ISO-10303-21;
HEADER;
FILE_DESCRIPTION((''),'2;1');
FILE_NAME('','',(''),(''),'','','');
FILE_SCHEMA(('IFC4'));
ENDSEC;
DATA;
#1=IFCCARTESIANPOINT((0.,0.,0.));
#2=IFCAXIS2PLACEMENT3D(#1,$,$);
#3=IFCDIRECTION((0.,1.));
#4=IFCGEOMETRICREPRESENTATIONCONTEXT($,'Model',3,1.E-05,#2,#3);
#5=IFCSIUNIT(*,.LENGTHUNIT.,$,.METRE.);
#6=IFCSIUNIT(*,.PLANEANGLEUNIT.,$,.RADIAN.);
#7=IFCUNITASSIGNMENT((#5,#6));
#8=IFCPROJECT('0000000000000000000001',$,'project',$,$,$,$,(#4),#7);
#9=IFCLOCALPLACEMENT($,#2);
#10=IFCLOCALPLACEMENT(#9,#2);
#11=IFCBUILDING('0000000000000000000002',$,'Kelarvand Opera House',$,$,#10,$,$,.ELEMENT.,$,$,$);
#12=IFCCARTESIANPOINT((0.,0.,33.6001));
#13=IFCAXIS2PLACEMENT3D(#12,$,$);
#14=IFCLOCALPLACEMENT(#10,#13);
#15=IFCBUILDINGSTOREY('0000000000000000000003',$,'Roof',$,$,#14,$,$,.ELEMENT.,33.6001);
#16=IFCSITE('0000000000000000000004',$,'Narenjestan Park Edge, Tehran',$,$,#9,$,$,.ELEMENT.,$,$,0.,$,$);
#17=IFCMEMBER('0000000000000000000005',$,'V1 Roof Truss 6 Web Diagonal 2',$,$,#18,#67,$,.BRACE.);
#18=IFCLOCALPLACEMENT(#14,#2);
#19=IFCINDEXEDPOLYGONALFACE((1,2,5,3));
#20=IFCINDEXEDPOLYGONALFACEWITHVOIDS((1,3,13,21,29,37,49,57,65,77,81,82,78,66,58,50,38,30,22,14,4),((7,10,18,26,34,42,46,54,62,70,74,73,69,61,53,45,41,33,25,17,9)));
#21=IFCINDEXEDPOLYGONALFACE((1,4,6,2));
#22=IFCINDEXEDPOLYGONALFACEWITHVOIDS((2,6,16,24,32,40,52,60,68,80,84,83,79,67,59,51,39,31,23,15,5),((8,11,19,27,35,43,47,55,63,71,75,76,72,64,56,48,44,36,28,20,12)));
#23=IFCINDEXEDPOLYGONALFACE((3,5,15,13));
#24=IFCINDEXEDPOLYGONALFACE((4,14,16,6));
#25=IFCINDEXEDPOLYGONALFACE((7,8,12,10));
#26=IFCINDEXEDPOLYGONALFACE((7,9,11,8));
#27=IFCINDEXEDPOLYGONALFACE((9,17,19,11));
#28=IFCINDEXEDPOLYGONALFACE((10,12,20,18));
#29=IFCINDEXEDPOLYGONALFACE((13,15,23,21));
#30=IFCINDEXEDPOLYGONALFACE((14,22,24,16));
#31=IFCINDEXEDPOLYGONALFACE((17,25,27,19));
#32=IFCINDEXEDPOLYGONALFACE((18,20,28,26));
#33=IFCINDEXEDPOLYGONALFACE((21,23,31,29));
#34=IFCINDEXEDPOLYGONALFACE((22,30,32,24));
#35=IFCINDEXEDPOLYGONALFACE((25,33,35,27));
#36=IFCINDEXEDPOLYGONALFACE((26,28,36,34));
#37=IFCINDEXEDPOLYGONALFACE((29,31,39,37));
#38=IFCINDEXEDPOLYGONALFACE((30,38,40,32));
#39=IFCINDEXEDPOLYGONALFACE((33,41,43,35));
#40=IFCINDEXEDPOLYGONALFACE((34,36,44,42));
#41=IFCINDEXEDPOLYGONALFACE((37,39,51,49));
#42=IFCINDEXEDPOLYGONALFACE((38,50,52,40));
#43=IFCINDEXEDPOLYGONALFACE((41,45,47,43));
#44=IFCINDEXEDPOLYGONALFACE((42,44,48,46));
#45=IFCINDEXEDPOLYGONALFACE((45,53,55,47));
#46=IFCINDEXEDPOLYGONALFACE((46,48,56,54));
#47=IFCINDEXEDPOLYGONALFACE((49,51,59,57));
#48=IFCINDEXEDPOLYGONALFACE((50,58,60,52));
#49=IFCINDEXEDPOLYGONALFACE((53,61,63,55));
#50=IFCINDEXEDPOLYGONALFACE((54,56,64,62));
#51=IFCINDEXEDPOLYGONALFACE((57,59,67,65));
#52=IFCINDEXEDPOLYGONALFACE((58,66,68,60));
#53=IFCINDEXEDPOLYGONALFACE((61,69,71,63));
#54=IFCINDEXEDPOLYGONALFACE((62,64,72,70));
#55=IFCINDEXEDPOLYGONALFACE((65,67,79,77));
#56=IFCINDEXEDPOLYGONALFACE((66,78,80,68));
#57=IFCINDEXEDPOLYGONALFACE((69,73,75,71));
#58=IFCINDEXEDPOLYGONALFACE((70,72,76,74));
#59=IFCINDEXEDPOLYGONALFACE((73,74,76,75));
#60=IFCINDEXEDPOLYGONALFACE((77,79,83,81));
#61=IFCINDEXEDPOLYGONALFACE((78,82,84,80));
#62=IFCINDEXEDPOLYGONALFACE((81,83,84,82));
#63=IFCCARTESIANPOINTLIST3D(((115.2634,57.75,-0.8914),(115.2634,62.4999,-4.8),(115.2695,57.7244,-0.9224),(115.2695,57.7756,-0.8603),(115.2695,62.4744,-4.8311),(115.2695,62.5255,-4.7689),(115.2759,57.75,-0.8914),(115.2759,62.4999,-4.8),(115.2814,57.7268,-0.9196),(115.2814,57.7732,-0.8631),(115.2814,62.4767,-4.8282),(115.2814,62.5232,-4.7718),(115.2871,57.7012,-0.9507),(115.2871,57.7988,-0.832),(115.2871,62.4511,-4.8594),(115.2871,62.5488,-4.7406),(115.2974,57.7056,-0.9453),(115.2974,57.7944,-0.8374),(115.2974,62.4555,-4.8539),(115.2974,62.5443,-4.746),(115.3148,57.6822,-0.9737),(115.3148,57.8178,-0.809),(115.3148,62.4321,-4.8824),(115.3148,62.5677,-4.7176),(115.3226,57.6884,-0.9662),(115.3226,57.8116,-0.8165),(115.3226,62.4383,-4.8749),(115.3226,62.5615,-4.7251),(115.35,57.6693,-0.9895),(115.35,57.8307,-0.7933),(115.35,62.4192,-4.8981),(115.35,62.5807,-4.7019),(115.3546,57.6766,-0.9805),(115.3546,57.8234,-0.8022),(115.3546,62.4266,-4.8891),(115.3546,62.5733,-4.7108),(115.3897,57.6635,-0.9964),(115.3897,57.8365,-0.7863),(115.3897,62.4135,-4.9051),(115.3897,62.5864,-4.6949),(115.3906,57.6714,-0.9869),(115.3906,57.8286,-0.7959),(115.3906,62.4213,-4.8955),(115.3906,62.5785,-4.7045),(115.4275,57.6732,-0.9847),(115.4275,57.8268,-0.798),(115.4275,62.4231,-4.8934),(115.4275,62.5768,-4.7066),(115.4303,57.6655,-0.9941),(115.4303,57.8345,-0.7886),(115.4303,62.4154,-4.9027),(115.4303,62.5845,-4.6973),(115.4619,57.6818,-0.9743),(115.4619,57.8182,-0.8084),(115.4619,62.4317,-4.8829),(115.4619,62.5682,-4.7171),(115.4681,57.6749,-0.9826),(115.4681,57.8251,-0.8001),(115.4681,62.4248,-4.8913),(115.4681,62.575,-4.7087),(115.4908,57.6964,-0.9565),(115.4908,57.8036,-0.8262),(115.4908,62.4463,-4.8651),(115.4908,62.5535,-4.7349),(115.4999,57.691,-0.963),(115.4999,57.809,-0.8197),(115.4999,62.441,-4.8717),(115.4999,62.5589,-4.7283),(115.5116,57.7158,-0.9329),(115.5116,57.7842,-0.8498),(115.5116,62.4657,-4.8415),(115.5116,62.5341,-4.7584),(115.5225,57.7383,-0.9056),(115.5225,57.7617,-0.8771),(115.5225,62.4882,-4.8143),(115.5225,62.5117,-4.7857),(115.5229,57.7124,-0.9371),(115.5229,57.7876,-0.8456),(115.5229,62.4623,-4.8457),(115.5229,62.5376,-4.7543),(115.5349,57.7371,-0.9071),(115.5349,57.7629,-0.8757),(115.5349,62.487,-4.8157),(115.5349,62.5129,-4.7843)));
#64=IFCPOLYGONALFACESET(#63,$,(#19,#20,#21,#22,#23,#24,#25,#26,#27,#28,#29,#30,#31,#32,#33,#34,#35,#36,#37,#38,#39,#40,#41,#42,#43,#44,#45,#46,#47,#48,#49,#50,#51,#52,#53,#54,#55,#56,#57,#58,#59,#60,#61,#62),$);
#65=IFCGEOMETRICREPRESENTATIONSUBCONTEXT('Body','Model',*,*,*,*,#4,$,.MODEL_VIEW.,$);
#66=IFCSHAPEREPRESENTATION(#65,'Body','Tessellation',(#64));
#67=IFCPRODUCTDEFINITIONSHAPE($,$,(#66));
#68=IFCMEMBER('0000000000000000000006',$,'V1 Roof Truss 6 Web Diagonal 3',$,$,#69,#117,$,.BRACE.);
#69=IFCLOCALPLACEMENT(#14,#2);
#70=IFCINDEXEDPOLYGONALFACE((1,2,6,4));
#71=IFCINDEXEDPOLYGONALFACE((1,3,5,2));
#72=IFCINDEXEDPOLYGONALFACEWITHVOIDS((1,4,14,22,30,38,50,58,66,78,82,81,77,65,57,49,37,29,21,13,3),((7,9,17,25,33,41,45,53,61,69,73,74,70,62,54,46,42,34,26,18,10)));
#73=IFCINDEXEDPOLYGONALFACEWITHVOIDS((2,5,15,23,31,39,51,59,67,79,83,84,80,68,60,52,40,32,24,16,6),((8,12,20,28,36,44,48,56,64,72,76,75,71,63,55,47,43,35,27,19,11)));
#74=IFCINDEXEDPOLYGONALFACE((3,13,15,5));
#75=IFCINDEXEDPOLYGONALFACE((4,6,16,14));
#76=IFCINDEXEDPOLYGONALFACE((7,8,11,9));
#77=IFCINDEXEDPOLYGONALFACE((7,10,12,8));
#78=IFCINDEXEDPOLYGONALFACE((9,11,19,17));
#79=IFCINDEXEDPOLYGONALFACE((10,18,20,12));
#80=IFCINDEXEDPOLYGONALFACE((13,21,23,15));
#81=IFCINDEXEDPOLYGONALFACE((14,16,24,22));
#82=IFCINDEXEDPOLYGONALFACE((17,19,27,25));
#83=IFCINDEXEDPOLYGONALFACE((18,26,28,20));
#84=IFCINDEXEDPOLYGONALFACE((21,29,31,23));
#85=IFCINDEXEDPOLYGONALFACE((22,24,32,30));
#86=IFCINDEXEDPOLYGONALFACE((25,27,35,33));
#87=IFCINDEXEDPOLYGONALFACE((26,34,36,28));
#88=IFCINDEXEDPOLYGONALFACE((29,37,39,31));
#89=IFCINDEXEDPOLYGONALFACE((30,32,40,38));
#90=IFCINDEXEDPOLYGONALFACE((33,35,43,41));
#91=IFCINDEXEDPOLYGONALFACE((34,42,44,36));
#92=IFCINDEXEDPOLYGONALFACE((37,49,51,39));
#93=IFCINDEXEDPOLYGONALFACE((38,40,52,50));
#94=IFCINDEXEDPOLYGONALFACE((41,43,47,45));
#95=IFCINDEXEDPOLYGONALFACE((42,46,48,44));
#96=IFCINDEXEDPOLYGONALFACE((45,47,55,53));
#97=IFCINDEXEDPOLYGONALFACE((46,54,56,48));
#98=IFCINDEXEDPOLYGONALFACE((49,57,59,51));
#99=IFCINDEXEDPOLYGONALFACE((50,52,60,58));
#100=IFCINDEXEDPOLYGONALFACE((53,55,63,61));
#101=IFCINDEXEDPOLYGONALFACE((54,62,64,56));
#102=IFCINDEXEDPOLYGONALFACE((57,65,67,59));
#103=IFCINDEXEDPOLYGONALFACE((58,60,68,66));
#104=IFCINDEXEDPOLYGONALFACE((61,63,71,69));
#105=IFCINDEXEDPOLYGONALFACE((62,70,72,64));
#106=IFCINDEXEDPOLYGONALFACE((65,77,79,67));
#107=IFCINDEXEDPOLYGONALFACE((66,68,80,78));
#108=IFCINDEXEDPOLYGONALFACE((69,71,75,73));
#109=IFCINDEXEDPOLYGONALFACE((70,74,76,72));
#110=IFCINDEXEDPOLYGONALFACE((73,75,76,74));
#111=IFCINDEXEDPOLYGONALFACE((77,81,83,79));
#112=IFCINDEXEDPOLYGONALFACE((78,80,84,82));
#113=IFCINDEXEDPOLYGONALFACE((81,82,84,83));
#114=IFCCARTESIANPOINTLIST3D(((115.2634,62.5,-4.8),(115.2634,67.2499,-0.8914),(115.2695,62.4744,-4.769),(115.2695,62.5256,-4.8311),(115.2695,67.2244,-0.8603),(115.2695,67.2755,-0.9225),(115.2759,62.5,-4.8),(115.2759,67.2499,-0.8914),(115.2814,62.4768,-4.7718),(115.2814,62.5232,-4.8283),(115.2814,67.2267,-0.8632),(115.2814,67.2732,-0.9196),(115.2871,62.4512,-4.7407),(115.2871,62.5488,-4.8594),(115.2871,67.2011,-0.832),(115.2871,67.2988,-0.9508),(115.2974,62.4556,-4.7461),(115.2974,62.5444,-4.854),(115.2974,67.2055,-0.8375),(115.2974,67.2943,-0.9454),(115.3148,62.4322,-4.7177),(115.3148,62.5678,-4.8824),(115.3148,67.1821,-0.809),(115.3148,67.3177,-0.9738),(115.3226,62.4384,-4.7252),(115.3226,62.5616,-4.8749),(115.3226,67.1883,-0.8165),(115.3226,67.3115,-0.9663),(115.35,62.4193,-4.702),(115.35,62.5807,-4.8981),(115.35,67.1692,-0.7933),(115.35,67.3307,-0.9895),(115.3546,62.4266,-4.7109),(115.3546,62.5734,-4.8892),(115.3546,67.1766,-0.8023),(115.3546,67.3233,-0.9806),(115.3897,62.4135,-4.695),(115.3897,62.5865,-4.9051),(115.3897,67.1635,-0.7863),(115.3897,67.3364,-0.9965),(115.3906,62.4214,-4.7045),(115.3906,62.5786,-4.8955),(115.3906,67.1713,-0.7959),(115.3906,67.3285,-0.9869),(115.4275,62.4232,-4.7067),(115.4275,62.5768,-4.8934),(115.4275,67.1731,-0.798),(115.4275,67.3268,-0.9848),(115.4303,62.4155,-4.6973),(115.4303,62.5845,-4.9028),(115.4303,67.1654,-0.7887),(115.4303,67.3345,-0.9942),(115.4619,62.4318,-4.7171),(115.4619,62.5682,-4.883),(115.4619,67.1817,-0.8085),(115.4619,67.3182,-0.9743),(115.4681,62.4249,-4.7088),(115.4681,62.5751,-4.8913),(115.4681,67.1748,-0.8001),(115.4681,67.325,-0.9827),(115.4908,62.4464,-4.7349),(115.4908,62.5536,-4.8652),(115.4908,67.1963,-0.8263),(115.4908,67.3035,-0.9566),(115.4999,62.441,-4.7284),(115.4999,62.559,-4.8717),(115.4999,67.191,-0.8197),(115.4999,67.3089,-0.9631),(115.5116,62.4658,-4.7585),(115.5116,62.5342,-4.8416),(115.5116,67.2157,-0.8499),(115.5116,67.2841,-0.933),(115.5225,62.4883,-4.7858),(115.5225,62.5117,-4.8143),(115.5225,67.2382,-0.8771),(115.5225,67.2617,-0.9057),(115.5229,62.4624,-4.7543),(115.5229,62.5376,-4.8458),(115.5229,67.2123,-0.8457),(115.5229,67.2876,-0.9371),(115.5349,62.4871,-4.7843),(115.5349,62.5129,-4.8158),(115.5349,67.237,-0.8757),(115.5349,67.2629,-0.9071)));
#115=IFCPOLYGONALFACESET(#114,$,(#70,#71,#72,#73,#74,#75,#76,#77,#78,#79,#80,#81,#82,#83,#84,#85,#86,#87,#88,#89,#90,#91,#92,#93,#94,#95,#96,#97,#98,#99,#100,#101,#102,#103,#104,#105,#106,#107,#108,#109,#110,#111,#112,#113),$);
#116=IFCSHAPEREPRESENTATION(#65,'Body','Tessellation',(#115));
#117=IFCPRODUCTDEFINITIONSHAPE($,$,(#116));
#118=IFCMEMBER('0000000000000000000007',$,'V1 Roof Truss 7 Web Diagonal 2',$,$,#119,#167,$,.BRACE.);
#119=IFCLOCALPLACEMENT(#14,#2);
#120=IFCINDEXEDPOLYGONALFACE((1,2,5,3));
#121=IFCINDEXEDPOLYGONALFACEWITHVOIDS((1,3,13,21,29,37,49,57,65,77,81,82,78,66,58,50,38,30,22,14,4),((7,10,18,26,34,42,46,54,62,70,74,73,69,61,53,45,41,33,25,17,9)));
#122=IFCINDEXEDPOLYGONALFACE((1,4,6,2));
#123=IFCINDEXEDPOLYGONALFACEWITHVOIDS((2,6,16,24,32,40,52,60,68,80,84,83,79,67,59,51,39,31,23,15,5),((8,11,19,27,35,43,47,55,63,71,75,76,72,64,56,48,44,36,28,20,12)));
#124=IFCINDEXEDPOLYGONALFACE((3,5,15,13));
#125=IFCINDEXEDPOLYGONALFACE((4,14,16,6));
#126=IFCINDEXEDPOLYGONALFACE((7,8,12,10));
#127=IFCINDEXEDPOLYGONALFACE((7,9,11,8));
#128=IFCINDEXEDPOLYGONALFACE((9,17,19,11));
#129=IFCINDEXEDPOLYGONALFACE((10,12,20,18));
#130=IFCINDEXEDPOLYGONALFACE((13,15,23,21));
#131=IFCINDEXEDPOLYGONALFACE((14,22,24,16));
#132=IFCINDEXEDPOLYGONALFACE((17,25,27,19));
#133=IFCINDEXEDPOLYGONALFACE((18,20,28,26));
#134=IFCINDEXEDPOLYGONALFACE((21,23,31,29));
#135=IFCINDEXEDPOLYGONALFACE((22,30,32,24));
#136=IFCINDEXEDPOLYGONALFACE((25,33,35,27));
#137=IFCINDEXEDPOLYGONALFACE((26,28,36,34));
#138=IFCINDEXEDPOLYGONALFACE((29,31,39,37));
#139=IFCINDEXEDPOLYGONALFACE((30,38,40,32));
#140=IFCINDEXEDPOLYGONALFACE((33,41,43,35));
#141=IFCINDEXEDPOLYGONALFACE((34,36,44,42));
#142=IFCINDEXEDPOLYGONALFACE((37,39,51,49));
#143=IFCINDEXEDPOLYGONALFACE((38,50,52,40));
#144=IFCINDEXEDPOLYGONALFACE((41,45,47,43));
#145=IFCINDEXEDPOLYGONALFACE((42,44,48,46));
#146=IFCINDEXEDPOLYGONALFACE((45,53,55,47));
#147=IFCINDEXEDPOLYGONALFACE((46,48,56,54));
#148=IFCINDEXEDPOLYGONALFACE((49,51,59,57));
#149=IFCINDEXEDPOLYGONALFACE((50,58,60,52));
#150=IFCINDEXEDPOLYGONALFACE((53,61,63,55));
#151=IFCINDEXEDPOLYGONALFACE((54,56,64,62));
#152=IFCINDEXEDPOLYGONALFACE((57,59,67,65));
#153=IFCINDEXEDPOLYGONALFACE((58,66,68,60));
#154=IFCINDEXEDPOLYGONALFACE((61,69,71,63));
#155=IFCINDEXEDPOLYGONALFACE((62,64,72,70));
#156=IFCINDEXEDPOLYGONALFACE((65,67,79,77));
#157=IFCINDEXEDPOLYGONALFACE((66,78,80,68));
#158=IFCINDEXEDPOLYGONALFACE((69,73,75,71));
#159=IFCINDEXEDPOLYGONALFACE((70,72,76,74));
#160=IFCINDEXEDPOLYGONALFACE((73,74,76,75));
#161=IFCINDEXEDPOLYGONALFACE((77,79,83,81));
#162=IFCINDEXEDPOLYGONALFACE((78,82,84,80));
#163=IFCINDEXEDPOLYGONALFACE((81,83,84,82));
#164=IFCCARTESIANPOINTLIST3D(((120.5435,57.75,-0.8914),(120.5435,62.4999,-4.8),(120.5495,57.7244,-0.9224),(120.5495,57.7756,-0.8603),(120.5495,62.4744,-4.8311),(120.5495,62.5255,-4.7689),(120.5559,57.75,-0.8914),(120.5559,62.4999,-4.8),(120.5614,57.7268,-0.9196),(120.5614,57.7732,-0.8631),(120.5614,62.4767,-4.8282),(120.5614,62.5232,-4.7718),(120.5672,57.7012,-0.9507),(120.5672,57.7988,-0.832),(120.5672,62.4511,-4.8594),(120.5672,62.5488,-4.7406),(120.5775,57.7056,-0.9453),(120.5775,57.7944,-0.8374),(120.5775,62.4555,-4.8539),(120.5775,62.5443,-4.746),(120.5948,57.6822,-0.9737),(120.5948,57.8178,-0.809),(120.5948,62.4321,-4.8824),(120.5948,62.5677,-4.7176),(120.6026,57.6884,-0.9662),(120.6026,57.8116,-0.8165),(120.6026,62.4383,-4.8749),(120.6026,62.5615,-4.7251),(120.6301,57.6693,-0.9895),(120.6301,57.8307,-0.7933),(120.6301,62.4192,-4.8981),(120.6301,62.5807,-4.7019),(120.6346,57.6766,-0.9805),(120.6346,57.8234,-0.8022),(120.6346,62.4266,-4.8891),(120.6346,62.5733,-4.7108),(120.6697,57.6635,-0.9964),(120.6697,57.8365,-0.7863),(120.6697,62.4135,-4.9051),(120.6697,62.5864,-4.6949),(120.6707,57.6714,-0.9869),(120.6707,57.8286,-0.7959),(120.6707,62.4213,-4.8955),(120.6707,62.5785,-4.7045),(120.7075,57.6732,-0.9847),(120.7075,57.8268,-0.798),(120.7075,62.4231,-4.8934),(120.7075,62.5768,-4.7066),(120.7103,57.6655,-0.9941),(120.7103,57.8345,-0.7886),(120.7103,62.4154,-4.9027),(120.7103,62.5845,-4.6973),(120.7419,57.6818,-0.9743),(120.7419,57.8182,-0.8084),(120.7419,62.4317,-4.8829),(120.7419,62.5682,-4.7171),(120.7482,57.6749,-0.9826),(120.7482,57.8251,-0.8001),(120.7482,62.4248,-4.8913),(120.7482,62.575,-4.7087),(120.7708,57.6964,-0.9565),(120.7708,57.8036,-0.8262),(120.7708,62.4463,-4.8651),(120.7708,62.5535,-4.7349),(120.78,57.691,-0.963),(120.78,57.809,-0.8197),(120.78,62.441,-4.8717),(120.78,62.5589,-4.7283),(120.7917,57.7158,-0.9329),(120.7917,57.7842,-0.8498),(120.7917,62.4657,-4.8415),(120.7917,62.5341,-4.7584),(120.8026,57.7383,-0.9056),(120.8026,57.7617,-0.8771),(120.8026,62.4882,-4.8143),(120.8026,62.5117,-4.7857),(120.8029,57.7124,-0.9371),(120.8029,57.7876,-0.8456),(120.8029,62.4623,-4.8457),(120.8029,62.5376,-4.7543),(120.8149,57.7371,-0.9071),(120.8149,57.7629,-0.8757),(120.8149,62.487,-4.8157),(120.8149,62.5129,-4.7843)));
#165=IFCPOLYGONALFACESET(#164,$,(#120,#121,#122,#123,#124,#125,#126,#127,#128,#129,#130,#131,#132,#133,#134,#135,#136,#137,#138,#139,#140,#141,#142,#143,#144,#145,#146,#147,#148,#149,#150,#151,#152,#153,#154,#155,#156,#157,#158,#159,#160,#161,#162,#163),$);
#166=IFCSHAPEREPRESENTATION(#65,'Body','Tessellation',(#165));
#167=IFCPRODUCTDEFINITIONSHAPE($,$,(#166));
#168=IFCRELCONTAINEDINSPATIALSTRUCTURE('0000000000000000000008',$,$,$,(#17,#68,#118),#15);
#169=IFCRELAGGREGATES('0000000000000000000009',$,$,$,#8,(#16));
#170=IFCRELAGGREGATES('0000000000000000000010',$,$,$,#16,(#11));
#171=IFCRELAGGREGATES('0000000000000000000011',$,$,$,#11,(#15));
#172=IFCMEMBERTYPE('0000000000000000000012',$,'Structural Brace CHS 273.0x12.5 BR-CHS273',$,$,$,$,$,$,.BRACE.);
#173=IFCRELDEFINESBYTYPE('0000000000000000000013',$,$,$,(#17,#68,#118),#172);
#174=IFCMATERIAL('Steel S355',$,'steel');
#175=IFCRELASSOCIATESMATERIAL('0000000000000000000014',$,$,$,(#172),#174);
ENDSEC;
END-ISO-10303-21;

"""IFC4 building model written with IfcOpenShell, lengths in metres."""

from ifc_helpers import new_model, si_unit, direction, frame, origin, origin_2d, place, context, subcontext, project, spatial, hollow_circle, extrude, material, material_profile, profile_set, type_object, element, save


model = new_model("IFC4")

# Units and contexts
model_context = context("Model", 3, precision=1e-05, world=origin(), true_north=direction((0.0, 1.0)))
body_context = subcontext(model_context, "Body", "Model", "MODEL_VIEW")
ifc_project = project(units=[si_unit("LENGTHUNIT", "METRE"), si_unit("PLANEANGLEUNIT", "RADIAN")], contexts=[model_context])

# Site, building, storey
site_placement = place(None, origin())
site = spatial("IfcSite", under=ifc_project, at=site_placement, Name="Narenjestan Park Edge, Tehran", CompositionType="ELEMENT", RefElevation=0.0)
building_placement = place(site_placement, origin())
building = spatial("IfcBuilding", under=site, at=building_placement, Name="Kelarvand Opera House", CompositionType="ELEMENT")
storey_placement = place(building_placement, frame((0.0, 0.0, 33.6001)))
storey = spatial("IfcBuildingStorey", under=building, at=storey_placement, Name="Roof", CompositionType="ELEMENT", Elevation=33.6001)

# Members
ifc_material = material(Name="Steel S355", Category="steel")
ifc_material_profile_1 = material_profile(ifc_material, hollow_circle(Radius=0.1365, WallThickness=0.0125, at=origin_2d()), Name="CHS 273.0x12.5", Category="steel")
ifc_profile_set_1 = profile_set([ifc_material_profile_1], Name="Steel S355")
member_type_1 = type_object("IfcMemberType", Name="Structural Brace CHS 273.0x12.5 BR-CHS273", PredefinedType="BRACE", material=ifc_profile_set_1)
for number, where, z_axis, x_axis, name in (
    (1, (115.3999, 57.75, -0.8914), (0.0, 0.772175, -0.63541), (-1.0, 0.0, 0.0), "V1 Roof Truss 6 Web Diagonal 2"),
    (2, (115.3999, 62.5, -4.8), (0.0, 0.772175, 0.63541), (-1.0, 0.0, 0.0), "V1 Roof Truss 6 Web Diagonal 3"),
    (3, (120.6799, 57.75, -0.8914), (0.0, 0.772175, -0.63541), (-1.0, 0.0, 0.0), "V1 Roof Truss 7 Web Diagonal 2"),
):
    element("IfcMember", number, at=place(storey_placement, frame(where, z_axis=z_axis, x_axis=x_axis)), inside=storey, type_object=member_type_1, Name=name, PredefinedType="BRACE", context=body_context, shape_type="SweptSolid", body=[
        extrude(hollow_circle(Radius=0.1365, WallThickness=0.0125, at=origin_2d()), origin(), (0.0, 0.0, 1.0), 6.1514),
    ])

save(model, "model.ifc")
